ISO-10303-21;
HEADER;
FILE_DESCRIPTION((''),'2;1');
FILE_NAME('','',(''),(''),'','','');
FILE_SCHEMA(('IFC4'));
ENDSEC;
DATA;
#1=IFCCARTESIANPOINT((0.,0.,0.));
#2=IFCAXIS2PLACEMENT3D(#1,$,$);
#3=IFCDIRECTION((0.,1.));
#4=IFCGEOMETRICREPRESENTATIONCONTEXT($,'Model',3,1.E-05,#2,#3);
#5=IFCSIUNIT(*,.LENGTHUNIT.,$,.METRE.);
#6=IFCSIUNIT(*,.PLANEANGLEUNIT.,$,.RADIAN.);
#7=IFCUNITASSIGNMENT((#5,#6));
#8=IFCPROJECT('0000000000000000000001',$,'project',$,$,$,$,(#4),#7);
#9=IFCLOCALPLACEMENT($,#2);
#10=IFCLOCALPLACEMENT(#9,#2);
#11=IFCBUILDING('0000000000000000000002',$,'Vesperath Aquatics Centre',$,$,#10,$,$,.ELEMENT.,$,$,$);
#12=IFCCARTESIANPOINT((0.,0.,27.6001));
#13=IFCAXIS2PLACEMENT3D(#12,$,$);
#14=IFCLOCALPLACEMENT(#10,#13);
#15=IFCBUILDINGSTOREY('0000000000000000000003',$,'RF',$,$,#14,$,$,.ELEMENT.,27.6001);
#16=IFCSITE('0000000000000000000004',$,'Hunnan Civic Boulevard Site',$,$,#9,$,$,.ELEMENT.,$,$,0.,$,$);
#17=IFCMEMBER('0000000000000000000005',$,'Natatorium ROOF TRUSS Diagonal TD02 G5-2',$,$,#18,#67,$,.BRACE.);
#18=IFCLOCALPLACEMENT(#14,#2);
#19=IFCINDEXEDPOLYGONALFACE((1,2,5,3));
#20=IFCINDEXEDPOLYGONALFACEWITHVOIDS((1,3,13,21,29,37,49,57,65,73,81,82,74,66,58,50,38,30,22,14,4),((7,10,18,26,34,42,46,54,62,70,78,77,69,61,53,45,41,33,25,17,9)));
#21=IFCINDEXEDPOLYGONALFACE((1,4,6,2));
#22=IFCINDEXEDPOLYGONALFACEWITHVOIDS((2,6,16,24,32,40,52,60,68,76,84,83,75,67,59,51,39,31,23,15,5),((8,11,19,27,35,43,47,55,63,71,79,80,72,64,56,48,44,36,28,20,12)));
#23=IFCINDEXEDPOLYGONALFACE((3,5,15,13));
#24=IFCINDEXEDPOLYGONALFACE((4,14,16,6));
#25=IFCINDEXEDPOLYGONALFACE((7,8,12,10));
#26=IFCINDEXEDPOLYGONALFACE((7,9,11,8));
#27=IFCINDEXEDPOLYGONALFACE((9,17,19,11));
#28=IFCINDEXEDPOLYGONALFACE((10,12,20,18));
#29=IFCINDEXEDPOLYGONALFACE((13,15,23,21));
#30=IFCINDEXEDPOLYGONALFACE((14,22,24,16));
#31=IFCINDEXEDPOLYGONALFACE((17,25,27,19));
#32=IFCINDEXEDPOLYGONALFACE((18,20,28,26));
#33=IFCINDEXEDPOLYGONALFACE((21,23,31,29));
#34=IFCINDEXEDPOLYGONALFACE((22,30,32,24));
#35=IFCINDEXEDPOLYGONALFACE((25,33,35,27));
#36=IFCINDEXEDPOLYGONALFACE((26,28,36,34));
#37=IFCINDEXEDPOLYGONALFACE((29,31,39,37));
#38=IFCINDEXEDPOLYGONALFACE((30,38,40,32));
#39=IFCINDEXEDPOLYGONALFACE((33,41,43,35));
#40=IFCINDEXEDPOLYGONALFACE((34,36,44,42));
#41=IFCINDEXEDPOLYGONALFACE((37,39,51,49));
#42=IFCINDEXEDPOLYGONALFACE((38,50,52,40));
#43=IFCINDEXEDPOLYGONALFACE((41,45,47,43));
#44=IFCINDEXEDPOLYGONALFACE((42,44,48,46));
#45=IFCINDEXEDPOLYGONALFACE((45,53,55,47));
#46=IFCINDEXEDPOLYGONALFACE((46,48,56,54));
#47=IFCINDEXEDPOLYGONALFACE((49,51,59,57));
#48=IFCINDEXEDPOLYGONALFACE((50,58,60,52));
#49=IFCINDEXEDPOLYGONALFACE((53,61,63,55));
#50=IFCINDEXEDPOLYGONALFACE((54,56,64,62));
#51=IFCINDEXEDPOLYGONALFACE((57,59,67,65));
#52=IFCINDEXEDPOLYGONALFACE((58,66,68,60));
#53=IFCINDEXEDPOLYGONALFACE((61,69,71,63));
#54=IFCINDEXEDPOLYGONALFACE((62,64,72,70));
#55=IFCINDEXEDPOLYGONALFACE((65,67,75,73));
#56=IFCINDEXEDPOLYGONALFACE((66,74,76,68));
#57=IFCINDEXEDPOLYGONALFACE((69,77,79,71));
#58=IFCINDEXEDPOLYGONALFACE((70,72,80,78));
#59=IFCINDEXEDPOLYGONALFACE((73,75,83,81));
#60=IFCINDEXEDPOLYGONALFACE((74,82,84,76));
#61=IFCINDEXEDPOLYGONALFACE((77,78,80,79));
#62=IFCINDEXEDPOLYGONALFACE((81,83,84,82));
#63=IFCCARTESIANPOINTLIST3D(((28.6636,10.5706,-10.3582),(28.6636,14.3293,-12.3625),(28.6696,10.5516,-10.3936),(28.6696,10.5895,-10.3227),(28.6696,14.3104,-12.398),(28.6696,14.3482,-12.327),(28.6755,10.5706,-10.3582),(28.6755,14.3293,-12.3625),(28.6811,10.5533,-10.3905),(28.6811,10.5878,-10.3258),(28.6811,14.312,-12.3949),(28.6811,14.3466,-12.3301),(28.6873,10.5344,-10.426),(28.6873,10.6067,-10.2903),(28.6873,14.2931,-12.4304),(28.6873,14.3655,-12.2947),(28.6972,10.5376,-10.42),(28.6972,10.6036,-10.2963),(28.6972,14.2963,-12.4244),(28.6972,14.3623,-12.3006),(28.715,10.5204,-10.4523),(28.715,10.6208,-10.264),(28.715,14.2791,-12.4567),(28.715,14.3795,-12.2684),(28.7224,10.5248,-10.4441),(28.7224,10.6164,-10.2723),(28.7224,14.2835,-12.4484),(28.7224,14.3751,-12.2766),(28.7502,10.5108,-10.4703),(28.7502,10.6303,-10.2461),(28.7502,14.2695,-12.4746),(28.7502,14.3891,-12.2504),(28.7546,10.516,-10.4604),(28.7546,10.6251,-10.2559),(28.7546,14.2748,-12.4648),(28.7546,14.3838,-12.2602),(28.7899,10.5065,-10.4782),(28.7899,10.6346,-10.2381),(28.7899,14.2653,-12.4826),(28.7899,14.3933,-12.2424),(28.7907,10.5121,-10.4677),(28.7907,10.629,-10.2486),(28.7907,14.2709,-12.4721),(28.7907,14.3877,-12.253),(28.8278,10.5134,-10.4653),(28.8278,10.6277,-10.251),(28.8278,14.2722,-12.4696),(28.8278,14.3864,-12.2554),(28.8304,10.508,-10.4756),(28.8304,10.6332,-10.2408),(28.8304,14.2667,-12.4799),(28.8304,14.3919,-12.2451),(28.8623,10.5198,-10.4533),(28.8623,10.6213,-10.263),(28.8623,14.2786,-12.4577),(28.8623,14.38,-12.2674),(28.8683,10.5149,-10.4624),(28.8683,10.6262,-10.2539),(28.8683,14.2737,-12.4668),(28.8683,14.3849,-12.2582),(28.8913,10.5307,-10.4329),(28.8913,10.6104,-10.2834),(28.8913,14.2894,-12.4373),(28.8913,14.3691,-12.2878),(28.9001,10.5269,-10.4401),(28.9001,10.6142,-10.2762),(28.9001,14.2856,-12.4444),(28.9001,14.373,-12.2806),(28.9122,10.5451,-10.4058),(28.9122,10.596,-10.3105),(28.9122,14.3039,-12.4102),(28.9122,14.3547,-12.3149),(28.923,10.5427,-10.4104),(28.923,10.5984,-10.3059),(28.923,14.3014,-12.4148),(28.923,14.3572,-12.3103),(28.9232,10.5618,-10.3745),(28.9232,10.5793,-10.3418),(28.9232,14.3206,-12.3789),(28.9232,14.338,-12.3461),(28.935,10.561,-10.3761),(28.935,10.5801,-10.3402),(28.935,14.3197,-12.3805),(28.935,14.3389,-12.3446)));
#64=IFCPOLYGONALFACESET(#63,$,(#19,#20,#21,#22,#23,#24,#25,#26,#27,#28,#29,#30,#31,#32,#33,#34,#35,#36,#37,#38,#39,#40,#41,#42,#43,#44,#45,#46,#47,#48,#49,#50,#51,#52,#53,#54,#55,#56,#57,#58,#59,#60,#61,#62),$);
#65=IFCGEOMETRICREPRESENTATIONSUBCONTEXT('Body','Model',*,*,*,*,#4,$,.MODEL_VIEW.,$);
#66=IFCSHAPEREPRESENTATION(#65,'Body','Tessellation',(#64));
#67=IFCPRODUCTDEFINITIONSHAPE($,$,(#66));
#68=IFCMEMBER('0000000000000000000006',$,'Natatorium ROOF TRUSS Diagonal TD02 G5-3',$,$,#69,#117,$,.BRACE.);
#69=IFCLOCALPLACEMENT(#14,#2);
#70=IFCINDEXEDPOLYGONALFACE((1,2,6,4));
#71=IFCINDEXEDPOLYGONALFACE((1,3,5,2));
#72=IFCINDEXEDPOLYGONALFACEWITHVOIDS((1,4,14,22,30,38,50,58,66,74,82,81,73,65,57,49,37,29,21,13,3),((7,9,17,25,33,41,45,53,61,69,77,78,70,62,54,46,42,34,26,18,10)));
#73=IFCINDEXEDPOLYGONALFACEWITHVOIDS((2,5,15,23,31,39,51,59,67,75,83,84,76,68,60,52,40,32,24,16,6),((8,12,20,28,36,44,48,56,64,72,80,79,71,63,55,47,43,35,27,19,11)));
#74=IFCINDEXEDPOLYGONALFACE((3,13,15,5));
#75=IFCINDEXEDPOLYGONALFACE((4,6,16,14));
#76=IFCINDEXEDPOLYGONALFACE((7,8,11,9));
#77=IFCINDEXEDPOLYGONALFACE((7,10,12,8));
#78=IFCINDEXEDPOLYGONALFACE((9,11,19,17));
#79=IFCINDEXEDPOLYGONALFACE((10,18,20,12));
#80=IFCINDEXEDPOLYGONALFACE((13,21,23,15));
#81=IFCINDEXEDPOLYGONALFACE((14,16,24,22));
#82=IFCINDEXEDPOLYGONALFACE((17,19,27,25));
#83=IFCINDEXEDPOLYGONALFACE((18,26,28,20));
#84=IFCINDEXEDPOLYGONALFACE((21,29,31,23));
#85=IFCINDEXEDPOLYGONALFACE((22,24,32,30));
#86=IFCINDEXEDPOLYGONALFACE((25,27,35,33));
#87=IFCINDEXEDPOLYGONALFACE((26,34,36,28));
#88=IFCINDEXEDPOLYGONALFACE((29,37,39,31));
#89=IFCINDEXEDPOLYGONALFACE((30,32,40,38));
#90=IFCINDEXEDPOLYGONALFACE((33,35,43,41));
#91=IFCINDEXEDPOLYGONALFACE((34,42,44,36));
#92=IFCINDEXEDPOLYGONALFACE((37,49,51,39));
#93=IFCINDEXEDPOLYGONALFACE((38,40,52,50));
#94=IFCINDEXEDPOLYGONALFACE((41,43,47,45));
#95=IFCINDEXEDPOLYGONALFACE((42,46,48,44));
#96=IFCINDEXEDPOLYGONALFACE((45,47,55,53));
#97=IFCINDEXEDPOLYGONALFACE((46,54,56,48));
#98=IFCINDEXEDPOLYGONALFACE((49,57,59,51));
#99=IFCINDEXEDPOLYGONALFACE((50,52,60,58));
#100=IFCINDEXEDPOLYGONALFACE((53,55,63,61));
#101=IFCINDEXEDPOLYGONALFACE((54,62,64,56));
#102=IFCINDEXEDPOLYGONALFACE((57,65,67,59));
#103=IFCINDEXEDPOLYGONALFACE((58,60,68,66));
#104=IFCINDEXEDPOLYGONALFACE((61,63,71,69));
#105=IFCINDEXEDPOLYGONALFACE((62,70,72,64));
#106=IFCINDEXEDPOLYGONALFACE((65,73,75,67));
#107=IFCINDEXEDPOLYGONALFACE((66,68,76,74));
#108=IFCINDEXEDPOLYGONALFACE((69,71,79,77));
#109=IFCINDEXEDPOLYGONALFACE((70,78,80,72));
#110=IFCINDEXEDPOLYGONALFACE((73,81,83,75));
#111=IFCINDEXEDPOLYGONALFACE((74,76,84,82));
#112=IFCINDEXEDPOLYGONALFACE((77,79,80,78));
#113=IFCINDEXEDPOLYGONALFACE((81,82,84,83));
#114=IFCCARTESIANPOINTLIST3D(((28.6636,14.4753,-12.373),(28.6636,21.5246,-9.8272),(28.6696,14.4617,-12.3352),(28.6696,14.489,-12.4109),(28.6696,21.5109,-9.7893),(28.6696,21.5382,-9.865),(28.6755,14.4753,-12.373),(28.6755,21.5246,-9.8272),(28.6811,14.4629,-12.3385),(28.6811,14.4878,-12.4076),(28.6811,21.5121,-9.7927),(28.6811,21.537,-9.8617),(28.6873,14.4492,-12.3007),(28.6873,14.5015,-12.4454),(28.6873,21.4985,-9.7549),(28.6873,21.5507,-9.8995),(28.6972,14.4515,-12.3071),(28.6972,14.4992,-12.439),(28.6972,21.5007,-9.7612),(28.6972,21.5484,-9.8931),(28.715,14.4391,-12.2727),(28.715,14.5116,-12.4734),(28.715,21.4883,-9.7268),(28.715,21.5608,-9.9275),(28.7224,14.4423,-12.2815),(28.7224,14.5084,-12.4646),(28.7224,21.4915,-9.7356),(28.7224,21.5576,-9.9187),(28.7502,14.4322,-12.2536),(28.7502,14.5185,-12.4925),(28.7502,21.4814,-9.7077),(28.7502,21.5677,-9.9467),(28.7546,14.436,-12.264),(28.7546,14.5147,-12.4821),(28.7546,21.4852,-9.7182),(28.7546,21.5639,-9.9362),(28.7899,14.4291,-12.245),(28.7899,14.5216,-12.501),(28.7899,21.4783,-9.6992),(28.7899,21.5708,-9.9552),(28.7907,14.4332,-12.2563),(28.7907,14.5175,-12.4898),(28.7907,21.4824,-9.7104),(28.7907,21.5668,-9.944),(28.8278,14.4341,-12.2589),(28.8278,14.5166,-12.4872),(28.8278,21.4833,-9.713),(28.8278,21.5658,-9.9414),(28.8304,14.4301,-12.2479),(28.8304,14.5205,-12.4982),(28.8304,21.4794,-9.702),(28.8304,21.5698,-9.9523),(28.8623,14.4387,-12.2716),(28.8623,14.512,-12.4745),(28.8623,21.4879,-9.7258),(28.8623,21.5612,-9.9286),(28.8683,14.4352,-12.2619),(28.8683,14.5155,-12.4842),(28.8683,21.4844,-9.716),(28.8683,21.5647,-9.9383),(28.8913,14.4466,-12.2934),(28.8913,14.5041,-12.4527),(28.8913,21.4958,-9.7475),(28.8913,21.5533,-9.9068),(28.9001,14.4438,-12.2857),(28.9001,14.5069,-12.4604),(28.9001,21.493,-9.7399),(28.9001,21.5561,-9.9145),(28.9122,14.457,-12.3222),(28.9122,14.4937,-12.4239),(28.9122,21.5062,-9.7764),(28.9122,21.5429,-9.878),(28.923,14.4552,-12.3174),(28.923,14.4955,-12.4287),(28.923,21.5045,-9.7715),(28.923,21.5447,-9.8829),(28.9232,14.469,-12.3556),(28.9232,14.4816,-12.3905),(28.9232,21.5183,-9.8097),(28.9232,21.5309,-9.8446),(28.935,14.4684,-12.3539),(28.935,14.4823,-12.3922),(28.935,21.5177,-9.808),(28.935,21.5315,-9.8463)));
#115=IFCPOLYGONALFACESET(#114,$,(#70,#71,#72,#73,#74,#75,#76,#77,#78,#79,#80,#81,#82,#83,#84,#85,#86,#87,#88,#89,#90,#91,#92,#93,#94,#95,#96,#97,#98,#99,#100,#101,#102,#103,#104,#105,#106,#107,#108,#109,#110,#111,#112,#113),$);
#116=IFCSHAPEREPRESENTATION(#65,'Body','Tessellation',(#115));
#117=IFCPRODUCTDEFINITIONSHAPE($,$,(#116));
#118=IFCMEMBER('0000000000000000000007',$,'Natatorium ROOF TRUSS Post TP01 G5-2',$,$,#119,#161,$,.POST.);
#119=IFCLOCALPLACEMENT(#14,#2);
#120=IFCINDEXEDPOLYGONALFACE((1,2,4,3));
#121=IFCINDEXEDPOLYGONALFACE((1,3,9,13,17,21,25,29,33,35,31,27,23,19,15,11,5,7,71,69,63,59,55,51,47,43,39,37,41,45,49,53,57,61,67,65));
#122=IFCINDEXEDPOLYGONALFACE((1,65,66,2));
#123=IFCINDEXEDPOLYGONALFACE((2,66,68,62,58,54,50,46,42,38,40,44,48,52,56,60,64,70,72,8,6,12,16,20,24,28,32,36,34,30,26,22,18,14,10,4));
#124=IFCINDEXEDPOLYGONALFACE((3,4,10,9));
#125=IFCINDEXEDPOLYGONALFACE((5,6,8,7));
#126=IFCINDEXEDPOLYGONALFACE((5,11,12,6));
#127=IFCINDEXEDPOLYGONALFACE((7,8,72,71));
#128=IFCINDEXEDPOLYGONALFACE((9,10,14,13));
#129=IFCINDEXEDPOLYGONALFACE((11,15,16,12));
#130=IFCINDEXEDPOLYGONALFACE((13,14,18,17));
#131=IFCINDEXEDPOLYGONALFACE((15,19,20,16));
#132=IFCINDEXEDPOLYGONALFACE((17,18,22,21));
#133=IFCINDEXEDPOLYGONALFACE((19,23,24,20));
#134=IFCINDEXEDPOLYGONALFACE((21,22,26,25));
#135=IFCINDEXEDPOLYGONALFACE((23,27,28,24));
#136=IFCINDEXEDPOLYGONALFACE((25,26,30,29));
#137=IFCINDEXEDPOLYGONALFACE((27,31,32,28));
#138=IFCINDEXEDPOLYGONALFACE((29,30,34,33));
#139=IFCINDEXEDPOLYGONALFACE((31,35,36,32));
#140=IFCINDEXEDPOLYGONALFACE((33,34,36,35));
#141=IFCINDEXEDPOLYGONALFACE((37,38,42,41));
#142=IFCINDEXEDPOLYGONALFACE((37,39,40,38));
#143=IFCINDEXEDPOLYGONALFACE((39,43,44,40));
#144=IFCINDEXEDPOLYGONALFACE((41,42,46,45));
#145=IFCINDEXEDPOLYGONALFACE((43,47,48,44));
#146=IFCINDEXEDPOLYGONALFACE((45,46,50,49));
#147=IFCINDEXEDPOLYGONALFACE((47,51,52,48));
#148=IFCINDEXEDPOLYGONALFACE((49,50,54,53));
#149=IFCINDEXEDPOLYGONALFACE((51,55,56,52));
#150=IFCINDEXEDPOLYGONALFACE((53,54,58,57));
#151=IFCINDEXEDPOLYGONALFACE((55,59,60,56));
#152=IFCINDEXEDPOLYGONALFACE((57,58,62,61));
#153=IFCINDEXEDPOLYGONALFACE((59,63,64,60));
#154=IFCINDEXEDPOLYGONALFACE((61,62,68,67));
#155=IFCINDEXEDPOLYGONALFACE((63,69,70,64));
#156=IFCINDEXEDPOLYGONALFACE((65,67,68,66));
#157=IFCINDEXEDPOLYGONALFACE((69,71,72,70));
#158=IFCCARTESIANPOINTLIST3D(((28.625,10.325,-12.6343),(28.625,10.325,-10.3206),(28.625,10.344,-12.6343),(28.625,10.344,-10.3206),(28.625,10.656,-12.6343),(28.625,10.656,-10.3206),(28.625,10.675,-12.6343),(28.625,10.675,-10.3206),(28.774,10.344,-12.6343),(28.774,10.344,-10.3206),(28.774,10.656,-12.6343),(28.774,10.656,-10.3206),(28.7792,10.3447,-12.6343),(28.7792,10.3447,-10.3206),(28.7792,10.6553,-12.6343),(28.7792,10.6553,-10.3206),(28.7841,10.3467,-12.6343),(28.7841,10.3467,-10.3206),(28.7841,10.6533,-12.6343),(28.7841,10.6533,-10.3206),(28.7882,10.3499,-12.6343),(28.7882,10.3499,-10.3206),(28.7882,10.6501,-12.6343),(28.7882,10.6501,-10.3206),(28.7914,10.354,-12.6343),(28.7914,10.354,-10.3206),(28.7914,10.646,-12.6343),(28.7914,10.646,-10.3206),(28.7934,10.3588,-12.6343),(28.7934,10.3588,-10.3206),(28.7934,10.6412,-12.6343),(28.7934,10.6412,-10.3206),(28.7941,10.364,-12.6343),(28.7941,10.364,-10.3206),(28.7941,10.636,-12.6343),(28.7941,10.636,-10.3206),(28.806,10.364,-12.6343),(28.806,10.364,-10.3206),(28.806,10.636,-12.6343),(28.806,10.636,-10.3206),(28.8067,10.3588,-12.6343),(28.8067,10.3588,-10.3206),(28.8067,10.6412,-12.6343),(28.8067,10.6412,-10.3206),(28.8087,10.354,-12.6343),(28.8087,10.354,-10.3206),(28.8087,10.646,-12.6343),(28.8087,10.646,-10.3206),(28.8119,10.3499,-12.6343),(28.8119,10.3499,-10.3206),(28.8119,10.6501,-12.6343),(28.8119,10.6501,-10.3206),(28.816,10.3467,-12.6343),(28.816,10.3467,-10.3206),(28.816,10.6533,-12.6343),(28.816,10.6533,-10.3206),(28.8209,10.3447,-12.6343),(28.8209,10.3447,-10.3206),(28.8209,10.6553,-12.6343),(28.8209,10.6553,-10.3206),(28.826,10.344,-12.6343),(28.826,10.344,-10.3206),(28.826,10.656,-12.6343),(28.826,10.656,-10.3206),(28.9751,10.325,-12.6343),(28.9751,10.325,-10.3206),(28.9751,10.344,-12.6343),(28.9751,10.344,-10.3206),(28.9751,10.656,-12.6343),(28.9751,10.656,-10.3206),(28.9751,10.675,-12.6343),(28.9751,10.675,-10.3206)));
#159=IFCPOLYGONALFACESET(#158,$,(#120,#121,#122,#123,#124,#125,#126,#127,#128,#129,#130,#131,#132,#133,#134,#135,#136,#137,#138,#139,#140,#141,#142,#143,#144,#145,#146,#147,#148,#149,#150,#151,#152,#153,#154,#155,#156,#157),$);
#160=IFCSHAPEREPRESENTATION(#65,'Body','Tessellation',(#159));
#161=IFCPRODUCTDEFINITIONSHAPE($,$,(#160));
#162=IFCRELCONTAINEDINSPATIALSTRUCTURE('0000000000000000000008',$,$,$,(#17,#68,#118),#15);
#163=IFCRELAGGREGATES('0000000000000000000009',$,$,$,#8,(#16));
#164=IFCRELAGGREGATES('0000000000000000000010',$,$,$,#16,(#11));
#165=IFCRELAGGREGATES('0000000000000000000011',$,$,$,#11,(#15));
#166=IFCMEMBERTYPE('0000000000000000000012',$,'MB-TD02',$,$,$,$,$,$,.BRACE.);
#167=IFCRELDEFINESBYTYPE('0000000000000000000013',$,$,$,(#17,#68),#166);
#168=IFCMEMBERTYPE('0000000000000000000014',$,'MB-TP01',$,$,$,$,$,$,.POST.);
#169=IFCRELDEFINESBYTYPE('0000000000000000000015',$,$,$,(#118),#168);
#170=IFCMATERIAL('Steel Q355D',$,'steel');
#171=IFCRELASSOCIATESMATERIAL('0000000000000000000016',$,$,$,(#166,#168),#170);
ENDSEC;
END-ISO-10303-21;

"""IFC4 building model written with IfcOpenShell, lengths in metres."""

from ifc_helpers import new_model, si_unit, direction, frame, origin, origin_2d, place, context, subcontext, project, spatial, hollow_circle, i_section, extrude, material, material_profile, profile_set, type_object, element, save


model = new_model("IFC4")

# Units and contexts
model_context = context("Model", 3, precision=1e-05, world=origin(), true_north=direction((0.0, 1.0)))
body_context = subcontext(model_context, "Body", "Model", "MODEL_VIEW")
ifc_project = project(units=[si_unit("LENGTHUNIT", "METRE"), si_unit("PLANEANGLEUNIT", "RADIAN")], contexts=[model_context])

# Site, building, storey
site_placement = place(None, origin())
site = spatial("IfcSite", under=ifc_project, at=site_placement, Name="Hunnan Civic Boulevard Site", CompositionType="ELEMENT", RefElevation=0.0)
building_placement = place(site_placement, origin())
building = spatial("IfcBuilding", under=site, at=building_placement, Name="Vesperath Aquatics Centre", CompositionType="ELEMENT")
storey_placement = place(building_placement, frame((0.0, 0.0, 27.6001)))
storey = spatial("IfcBuildingStorey", under=building, at=storey_placement, Name="RF", CompositionType="ELEMENT", Elevation=27.6001)

# Members
ifc_material_1 = material(Name="Steel Q355D", Category="steel")
ifc_material_profile_1 = material_profile(ifc_material_1, hollow_circle(Radius=0.1365, WallThickness=0.012, at=origin_2d()), Name="CHS 273.0x12")
ifc_profile_set_1 = profile_set([ifc_material_profile_1], Name="Steel Q355D")
member_type_1 = type_object("IfcMemberType", Name="MB-TD02", PredefinedType="BRACE", material=ifc_profile_set_1)
member_1_placement = place(storey_placement, frame((28.8, 10.5706, -10.3582), z_axis=(0.0, 0.882381, -0.470535), x_axis=(-1.0, 0.0, 0.0)))
element("IfcMember", 1, at=member_1_placement, inside=storey, type_object=member_type_1, Name="Natatorium ROOF TRUSS Diagonal TD02 G5-2", PredefinedType="BRACE", context=body_context, shape_type="SweptSolid", body=[
    extrude(hollow_circle(Radius=0.1365, WallThickness=0.012, at=origin_2d()), origin(), (0.0, 0.0, 1.0), 4.2598),
])
member_2_placement = place(storey_placement, frame((28.8, 14.4753, -12.373), z_axis=(0.0, 0.940541, 0.339681), x_axis=(-1.0, 0.0, 0.0)))
element("IfcMember", 2, at=member_2_placement, inside=storey, type_object=member_type_1, Name="Natatorium ROOF TRUSS Diagonal TD02 G5-3", PredefinedType="BRACE", context=body_context, shape_type="SweptSolid", body=[
    extrude(hollow_circle(Radius=0.1365, WallThickness=0.012, at=origin_2d()), origin(), (0.0, 0.0, 1.0), 7.4949),
])
ifc_material_profile_2 = material_profile(ifc_material_1, i_section(OverallWidth=0.3501, OverallDepth=0.3501, WebThickness=0.012, FlangeThickness=0.019, FilletRadius=0.02, at=origin_2d()), Name="HW 350x350x12x19")
ifc_profile_set_2 = profile_set([ifc_material_profile_2], Name="Steel Q355D")
member_type_2 = type_object("IfcMemberType", Name="MB-TP01", PredefinedType="POST", material=ifc_profile_set_2)
member_3_placement = place(storey_placement, frame((28.8, 10.5, -12.6343), z_axis=(0.0, 0.0, 1.0), x_axis=(1.0, 0.0, 0.0)))
element("IfcMember", 3, at=member_3_placement, inside=storey, type_object=member_type_2, Name="Natatorium ROOF TRUSS Post TP01 G5-2", PredefinedType="POST", context=body_context, shape_type="SweptSolid", body=[
    extrude(i_section(OverallWidth=0.3501, OverallDepth=0.3501, WebThickness=0.012, FlangeThickness=0.019, FilletRadius=0.02, at=origin_2d()), origin(), (0.0, 0.0, 1.0), 2.3137),
])

save(model, "model.ifc")
